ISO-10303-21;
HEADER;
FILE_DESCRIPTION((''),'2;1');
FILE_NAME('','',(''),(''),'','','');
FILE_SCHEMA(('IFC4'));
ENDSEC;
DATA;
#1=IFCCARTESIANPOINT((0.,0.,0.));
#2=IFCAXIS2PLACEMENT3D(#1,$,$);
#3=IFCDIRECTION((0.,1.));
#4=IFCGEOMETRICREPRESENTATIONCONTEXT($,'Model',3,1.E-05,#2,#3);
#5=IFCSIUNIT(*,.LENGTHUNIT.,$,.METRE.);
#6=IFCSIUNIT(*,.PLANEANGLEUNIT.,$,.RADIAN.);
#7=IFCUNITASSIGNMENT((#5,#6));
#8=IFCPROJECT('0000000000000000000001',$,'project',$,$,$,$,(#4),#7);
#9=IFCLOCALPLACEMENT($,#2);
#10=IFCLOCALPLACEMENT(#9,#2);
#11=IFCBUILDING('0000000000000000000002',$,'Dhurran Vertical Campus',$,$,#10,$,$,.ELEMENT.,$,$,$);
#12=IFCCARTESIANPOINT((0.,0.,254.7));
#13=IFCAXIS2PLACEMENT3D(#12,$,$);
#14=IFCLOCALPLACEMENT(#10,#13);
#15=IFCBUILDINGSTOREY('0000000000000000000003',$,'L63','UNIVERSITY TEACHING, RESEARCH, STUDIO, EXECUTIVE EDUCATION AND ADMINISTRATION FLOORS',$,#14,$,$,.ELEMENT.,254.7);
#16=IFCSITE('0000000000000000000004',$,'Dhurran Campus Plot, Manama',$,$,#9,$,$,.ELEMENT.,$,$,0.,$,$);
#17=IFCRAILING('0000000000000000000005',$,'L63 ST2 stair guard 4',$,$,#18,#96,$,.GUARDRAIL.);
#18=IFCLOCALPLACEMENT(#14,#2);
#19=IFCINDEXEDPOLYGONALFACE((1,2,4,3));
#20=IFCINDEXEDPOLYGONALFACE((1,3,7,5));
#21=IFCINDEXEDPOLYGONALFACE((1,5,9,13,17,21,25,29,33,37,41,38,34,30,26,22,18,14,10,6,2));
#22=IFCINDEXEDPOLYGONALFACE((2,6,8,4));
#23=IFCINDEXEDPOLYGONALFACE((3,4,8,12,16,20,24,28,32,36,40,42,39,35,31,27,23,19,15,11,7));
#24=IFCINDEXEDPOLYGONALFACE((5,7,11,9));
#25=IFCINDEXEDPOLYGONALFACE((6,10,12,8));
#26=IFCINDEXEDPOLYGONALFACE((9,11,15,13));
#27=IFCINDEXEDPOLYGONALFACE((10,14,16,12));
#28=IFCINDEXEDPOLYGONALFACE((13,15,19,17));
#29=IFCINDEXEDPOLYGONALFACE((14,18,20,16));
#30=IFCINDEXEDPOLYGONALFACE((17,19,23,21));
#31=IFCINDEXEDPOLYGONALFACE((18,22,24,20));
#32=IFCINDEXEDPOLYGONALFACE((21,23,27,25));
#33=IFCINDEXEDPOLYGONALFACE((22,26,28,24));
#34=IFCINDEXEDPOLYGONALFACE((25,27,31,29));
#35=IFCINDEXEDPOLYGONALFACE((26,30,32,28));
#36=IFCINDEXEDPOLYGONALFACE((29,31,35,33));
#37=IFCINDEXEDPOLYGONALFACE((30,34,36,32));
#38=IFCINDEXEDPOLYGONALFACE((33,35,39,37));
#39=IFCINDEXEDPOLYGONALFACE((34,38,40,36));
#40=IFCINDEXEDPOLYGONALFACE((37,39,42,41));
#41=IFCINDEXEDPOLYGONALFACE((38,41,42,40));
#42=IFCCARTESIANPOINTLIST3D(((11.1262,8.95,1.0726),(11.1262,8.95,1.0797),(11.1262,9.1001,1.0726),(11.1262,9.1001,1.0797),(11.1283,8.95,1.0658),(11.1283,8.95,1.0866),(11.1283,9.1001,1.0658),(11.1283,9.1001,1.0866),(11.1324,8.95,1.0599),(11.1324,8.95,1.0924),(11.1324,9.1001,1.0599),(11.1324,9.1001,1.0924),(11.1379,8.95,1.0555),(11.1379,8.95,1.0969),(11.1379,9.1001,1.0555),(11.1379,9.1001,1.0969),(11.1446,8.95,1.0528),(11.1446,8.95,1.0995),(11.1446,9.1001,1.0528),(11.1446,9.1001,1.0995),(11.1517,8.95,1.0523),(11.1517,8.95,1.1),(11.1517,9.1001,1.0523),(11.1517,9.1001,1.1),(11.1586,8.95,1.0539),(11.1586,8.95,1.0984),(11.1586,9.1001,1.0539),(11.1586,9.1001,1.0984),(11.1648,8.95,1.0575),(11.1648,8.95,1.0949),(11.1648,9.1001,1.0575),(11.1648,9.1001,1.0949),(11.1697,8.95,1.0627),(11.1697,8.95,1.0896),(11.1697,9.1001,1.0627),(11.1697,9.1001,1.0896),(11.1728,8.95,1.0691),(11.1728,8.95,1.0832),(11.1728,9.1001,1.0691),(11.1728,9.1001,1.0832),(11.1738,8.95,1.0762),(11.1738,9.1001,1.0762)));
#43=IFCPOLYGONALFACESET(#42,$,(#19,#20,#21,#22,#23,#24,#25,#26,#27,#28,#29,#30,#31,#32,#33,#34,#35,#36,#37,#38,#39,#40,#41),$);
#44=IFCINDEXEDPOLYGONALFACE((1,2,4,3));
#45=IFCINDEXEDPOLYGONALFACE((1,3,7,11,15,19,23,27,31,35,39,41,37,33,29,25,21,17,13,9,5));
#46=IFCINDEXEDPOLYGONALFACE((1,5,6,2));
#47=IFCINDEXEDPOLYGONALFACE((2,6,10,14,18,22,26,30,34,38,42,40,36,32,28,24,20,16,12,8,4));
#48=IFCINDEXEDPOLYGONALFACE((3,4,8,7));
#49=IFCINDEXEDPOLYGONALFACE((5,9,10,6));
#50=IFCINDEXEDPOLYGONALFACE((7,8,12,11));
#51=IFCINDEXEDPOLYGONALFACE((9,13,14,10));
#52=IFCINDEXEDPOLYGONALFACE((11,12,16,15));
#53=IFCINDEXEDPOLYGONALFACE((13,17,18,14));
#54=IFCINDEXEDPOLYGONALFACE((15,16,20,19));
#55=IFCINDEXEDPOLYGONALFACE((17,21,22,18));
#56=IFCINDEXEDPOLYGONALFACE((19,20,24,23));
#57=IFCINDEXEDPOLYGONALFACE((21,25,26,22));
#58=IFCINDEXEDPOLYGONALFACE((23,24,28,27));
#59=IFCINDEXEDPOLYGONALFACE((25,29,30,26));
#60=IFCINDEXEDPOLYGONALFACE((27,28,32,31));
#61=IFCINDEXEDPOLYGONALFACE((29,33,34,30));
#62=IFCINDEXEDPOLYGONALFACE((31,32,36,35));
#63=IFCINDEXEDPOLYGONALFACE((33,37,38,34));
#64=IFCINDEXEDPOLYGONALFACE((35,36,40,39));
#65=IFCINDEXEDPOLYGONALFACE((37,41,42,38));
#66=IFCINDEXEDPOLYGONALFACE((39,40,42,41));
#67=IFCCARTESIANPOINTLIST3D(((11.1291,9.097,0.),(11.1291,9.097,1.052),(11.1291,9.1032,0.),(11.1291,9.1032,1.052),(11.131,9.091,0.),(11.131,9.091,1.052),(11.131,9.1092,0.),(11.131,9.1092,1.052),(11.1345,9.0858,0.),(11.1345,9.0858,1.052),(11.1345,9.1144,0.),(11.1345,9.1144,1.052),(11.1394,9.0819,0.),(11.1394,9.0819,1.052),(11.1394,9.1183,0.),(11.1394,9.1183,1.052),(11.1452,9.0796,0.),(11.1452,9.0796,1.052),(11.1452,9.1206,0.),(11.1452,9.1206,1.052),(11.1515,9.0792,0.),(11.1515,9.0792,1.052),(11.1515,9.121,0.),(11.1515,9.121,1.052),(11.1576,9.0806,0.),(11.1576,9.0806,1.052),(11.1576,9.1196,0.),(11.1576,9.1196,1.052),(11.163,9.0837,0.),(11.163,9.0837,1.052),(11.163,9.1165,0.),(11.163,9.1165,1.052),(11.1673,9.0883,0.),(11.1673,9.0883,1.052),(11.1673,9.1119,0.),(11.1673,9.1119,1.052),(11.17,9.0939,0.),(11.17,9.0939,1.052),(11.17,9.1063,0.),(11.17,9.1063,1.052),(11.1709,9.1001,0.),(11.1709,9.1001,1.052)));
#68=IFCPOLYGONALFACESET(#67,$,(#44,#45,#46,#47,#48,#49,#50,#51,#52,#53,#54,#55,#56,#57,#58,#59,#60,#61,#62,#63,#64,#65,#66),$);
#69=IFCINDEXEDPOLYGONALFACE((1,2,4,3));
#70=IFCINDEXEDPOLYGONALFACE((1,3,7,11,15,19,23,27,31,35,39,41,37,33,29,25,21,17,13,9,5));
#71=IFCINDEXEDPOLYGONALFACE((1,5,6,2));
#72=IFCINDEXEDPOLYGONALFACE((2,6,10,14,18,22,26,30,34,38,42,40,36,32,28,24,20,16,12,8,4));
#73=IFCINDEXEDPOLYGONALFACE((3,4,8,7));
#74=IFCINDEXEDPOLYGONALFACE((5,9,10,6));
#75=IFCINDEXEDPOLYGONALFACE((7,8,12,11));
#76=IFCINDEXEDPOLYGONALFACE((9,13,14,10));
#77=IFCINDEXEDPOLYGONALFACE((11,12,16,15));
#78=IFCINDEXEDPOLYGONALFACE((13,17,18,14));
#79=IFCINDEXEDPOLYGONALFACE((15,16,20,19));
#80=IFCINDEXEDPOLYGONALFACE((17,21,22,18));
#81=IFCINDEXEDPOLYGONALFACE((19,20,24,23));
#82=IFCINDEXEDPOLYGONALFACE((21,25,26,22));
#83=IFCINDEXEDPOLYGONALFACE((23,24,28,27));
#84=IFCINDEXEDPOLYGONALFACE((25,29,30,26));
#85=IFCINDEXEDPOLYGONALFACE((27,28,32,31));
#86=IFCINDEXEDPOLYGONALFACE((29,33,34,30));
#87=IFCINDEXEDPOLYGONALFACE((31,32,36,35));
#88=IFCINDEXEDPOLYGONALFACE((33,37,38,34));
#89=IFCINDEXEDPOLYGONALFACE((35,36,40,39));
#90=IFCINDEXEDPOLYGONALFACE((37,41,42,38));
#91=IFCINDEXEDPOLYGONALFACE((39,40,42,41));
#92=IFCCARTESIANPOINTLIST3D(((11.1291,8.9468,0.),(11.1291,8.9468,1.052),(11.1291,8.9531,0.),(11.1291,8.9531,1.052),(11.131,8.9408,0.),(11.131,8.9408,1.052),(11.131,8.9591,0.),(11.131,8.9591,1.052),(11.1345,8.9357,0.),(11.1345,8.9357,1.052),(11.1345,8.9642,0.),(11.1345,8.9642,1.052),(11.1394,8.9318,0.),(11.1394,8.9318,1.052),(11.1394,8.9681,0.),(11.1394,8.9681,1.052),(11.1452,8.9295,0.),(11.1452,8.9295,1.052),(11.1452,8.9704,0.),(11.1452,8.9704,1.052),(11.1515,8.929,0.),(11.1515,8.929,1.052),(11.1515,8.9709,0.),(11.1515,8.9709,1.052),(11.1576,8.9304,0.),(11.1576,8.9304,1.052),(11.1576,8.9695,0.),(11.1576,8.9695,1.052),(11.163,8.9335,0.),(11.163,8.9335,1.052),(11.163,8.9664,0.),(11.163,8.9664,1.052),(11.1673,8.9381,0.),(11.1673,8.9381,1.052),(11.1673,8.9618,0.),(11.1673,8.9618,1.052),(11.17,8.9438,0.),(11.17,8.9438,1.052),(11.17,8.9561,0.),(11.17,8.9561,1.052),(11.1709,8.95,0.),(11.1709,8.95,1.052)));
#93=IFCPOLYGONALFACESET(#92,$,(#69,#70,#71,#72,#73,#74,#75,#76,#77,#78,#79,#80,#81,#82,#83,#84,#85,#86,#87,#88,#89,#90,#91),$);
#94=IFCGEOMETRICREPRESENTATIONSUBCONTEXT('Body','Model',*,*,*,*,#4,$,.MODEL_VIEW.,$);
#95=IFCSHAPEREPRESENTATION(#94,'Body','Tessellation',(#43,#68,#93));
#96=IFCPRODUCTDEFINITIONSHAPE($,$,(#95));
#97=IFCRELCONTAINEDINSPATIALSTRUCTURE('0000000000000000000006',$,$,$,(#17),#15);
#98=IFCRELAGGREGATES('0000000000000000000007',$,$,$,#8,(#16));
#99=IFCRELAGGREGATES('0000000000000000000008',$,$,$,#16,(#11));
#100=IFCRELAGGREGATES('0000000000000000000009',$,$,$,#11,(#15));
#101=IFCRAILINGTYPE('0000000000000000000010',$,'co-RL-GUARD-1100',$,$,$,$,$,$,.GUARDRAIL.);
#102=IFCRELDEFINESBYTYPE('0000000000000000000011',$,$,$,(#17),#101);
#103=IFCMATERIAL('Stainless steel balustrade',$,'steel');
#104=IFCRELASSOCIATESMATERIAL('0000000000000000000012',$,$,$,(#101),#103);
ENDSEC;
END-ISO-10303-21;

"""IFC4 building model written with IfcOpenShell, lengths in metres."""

from ifc_helpers import new_model, si_unit, direction, frame, origin, origin_2d, place, context, subcontext, project, spatial, circle, extrude, material, type_object, element, save


model = new_model("IFC4")

# Units and contexts
model_context = context("Model", 3, precision=1e-05, world=origin(), true_north=direction((0.0, 1.0)))
body_context = subcontext(model_context, "Body", "Model", "MODEL_VIEW")
ifc_project = project(units=[si_unit("LENGTHUNIT", "METRE"), si_unit("PLANEANGLEUNIT", "RADIAN")], contexts=[model_context])

# Site, building, storey
site_placement = place(None, origin())
site = spatial("IfcSite", under=ifc_project, at=site_placement, Name="Dhurran Campus Plot, Manama", CompositionType="ELEMENT", RefElevation=0.0)
building_placement = place(site_placement, origin())
building = spatial("IfcBuilding", under=site, at=building_placement, Name="Dhurran Vertical Campus", CompositionType="ELEMENT")
storey_placement = place(building_placement, frame((0.0, 0.0, 254.7)))
storey = spatial("IfcBuildingStorey", under=building, at=storey_placement, Name="L63", Description="UNIVERSITY TEACHING, RESEARCH, STUDIO, EXECUTIVE EDUCATION AND ADMINISTRATION FLOORS", CompositionType="ELEMENT", Elevation=254.7)

# Railing
ifc_material_1 = material(Name="Stainless steel balustrade", Category="steel")
railing_type = type_object("IfcRailingType", Name="co-RL-GUARD-1100", PredefinedType="GUARDRAIL", material=ifc_material_1)
railing_1_placement = place(storey_placement, frame((11.1499, 9.1001, 0.0)))
element("IfcRailing", 1, at=railing_1_placement, inside=storey, type_object=railing_type, Name="L63 ST2 stair guard 4", PredefinedType="GUARDRAIL", context=body_context, shape_type="SweptSolid", body=[
    extrude(circle(Radius=0.0239, at=origin_2d()), frame((0.0, 0.0, 1.0762), z_axis=(0.0, -1.0, 0.0), x_axis=(1.0, 0.0, 0.0)), (0.0, 0.0, 1.0), 0.1501),
    extrude(circle(Radius=0.021, at=origin_2d()), origin(), (0.0, 0.0, 1.0), 1.052),
    extrude(circle(Radius=0.021, at=origin_2d()), frame((0.0, -0.1501, 0.0)), (0.0, 0.0, 1.0), 1.052),
])

save(model, "model.ifc")
